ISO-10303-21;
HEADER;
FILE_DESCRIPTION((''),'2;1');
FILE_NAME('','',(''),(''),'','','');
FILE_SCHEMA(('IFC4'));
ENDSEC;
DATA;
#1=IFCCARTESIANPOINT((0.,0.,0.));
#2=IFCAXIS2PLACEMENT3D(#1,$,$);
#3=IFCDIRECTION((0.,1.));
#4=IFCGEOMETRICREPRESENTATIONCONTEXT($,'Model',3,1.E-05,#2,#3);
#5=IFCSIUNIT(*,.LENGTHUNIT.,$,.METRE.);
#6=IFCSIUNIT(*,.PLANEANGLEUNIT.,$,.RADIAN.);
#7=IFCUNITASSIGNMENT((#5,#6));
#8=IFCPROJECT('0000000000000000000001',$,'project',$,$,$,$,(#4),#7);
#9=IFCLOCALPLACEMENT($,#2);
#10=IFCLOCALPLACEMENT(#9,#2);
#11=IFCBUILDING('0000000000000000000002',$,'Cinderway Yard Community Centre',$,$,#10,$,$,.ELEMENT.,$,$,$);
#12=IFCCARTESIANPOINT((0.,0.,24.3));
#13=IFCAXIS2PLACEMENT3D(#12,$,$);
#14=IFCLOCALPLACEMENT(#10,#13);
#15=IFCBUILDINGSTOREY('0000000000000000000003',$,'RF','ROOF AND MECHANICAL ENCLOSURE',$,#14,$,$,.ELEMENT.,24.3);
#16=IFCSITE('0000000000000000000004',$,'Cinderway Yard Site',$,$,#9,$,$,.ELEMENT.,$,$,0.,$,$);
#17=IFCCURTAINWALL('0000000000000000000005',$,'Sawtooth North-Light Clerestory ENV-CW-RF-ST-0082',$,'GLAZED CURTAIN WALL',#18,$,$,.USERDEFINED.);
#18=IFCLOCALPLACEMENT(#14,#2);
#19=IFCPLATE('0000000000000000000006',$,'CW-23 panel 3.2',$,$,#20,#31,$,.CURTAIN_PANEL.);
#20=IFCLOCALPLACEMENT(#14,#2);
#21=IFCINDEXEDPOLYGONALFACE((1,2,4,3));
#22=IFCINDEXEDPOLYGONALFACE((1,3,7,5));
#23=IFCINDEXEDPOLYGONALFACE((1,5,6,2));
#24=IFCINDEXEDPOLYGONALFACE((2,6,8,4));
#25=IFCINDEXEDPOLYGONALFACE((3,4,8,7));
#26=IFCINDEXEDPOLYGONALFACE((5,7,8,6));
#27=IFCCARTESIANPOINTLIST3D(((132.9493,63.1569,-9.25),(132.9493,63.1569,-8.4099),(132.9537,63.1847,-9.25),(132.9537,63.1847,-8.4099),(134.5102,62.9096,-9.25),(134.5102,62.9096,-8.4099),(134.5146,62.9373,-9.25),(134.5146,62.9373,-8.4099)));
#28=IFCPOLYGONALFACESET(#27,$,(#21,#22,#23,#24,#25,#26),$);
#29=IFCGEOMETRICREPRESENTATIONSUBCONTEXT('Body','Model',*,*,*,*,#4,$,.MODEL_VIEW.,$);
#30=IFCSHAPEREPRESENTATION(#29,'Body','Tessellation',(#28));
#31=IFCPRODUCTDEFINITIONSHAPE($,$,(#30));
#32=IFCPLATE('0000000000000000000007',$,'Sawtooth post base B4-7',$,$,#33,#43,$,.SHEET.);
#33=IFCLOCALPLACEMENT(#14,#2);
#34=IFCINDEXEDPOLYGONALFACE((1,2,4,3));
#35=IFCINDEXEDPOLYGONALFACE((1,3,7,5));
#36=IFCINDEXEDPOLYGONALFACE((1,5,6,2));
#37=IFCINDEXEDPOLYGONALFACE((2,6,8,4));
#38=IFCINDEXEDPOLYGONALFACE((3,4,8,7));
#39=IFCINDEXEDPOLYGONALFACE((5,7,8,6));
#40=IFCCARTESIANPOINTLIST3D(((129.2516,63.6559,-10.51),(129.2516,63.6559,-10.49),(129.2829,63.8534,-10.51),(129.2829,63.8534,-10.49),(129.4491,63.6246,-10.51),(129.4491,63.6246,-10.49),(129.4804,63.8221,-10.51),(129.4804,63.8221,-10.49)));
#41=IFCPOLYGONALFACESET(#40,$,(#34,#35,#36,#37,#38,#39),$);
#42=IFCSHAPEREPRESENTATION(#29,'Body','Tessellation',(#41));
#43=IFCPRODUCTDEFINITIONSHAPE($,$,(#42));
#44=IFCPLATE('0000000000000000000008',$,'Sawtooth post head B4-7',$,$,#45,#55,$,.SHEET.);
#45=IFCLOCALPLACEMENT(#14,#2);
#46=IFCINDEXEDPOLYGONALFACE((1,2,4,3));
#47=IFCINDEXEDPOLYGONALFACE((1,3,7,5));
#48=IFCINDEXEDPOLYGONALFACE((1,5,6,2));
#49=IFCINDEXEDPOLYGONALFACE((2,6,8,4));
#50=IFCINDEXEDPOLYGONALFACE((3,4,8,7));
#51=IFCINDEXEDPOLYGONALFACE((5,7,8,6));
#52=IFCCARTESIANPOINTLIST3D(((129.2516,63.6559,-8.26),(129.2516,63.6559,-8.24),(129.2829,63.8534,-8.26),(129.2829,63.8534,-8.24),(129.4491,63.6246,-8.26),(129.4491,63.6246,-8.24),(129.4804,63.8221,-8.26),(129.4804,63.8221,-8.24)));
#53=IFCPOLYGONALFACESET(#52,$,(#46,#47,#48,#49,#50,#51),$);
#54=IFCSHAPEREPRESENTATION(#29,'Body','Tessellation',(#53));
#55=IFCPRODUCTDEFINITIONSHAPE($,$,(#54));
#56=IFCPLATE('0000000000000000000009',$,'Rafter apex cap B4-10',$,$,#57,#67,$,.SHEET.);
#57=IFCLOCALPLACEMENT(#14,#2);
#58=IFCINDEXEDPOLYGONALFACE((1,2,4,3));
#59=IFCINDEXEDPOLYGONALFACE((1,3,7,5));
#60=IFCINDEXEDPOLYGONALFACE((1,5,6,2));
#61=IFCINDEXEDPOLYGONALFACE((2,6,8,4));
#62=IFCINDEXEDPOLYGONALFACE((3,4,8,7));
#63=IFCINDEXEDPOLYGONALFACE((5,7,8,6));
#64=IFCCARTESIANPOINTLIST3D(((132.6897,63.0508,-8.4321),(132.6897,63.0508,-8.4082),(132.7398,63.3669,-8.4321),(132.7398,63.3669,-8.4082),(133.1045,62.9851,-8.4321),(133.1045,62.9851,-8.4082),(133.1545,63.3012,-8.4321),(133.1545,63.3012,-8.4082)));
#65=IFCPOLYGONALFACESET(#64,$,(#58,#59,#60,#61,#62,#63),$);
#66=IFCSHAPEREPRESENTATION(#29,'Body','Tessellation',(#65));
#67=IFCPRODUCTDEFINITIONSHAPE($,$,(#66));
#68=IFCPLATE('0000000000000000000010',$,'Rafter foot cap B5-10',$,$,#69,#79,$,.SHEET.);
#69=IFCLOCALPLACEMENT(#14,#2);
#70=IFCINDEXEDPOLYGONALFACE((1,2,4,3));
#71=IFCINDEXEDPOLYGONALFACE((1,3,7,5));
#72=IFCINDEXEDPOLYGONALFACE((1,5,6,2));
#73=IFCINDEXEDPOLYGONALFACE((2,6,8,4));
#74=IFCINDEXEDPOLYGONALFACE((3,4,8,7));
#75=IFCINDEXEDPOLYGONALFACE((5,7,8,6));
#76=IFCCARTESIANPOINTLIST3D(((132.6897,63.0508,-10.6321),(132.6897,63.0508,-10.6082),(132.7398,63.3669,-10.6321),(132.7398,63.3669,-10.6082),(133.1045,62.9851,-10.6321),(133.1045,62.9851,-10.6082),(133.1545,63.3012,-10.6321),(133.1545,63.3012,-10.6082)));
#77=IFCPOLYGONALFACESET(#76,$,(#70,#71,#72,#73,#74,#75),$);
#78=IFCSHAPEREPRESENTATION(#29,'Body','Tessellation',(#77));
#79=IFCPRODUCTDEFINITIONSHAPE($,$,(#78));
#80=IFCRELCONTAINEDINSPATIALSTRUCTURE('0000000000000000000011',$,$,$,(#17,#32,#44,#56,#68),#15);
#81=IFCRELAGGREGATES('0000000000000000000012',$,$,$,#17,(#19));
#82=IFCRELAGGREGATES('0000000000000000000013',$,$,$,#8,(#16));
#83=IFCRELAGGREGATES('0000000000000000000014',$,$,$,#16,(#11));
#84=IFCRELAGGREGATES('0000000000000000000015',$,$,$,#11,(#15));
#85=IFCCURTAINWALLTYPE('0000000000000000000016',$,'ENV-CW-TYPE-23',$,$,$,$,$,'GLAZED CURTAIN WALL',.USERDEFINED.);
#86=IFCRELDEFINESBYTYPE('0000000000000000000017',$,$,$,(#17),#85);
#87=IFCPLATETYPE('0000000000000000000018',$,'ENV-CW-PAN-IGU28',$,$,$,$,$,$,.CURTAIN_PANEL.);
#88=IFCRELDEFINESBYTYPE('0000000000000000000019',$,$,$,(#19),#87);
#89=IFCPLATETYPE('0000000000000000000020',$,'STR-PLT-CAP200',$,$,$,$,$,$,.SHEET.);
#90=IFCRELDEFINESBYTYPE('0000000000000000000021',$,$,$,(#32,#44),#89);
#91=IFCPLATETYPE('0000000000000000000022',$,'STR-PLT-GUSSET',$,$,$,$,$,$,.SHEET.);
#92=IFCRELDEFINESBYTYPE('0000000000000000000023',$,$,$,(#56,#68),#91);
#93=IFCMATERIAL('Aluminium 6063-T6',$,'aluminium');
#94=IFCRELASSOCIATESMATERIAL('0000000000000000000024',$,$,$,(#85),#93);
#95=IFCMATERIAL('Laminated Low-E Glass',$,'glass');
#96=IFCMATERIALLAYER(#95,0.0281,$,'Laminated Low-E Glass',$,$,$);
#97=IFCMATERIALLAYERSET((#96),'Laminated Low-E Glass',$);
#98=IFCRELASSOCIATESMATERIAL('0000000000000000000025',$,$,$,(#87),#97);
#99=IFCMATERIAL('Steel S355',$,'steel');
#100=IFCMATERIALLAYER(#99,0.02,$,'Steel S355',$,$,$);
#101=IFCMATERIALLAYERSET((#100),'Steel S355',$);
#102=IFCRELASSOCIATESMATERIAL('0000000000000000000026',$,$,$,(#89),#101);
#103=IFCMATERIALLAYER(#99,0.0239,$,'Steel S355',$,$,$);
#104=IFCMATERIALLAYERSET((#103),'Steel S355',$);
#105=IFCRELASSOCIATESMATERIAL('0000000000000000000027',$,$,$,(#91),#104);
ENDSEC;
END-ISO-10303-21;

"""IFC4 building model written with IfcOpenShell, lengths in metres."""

from ifc_helpers import new_model, si_unit, direction, frame, origin, origin_2d, place, context, subcontext, project, spatial, rectangle, extrude, material, layer, layer_set, type_object, element, aggregate, save


model = new_model("IFC4")

# Units and contexts
model_context = context("Model", 3, precision=1e-05, world=origin(), true_north=direction((0.0, 1.0)))
body_context = subcontext(model_context, "Body", "Model", "MODEL_VIEW")
ifc_project = project(units=[si_unit("LENGTHUNIT", "METRE"), si_unit("PLANEANGLEUNIT", "RADIAN")], contexts=[model_context])

# Site, building, storey
site_placement = place(None, origin())
site = spatial("IfcSite", under=ifc_project, at=site_placement, Name="Cinderway Yard Site", CompositionType="ELEMENT", RefElevation=0.0)
building_placement = place(site_placement, origin())
building = spatial("IfcBuilding", under=site, at=building_placement, Name="Cinderway Yard Community Centre", CompositionType="ELEMENT")
storey_placement = place(building_placement, frame((0.0, 0.0, 24.3)))
storey = spatial("IfcBuildingStorey", under=building, at=storey_placement, Name="RF", Description="ROOF AND MECHANICAL ENCLOSURE", CompositionType="ELEMENT", Elevation=24.3)

# Shared definitions
ifc_material_1 = material(Name="Aluminium 6063-T6", Category="aluminium")
curtain_wall_type = type_object("IfcCurtainWallType", Name="ENV-CW-TYPE-23", ElementType="GLAZED CURTAIN WALL", PredefinedType="USERDEFINED", material=ifc_material_1)

# Curtain wall
curtain_wall_1_placement = place(storey_placement, origin())
curtain_wall_1 = element("IfcCurtainWall", 1, at=curtain_wall_1_placement, inside=storey, type_object=curtain_wall_type, Name="Sawtooth North-Light Clerestory ENV-CW-RF-ST-0082", ObjectType="GLAZED CURTAIN WALL", PredefinedType="USERDEFINED")

# Shared definitions
ifc_material_2 = material(Name="Steel S355", Category="steel")

# Plate
ifc_material_3 = material(Name="Laminated Low-E Glass", Category="glass")
ifc_layer_1 = layer(ifc_material_3, 0.0281, Name="Laminated Low-E Glass")
ifc_layer_set_1 = layer_set([ifc_layer_1], Name="Laminated Low-E Glass")
plate_type_1 = type_object("IfcPlateType", Name="ENV-CW-PAN-IGU28", PredefinedType="CURTAIN_PANEL", material=ifc_layer_set_1)
plate_1_placement = place(storey_placement, frame((133.7319, 63.0471, -9.25), z_axis=(0.0, 0.0, 1.0), x_axis=(0.987673, -0.156534, 0.0)))
plate_1 = element("IfcPlate", 2, at=plate_1_placement, type_object=plate_type_1, Name="CW-23 panel 3.2", PredefinedType="CURTAIN_PANEL", context=body_context, shape_type="SweptSolid", body=[
    extrude(rectangle(XDim=1.5803, YDim=0.0281, at=origin_2d()), origin(), (0.0, 0.0, 1.0), 0.8401),
])
aggregate(curtain_wall_1, [plate_1])

# Plates
ifc_layer_2 = layer(ifc_material_2, 0.02, Name="Steel S355")
ifc_layer_set_2 = layer_set([ifc_layer_2], Name="Steel S355")
plate_type_2 = type_object("IfcPlateType", Name="STR-PLT-CAP200", PredefinedType="SHEET", material=ifc_layer_set_2)
for number, where, z_axis, x_axis, name in (
    (3, (129.366, 63.739, -10.51), (0.0, 0.0, 1.0), (0.987688, -0.156434, 0.0), "Sawtooth post base B4-7"),
    (4, (129.366, 63.739, -8.26), (0.0, 0.0, 1.0), (0.987688, -0.156434, 0.0), "Sawtooth post head B4-7"),
):
    element("IfcPlate", number, at=place(storey_placement, frame(where, z_axis=z_axis, x_axis=x_axis)), inside=storey, type_object=plate_type_2, Name=name, PredefinedType="SHEET", context=body_context, shape_type="SweptSolid", body=[
        extrude(rectangle(XDim=0.2, YDim=0.2, at=origin_2d()), origin(), (0.0, 0.0, 1.0), 0.02),
    ])
ifc_layer_3 = layer(ifc_material_2, 0.0239, Name="Steel S355")
ifc_layer_set_3 = layer_set([ifc_layer_3], Name="Steel S355")
plate_type_3 = type_object("IfcPlateType", Name="STR-PLT-GUSSET", PredefinedType="SHEET", material=ifc_layer_set_3)
for number, where, z_axis, x_axis, name in (
    (5, (132.9221, 63.176, -8.4321), (0.0, 0.0, 1.0), (0.987688, -0.156434, 0.0), "Rafter apex cap B4-10"),
    (6, (132.9221, 63.176, -10.6321), (0.0, 0.0, 1.0), (0.987688, -0.156434, 0.0), "Rafter foot cap B5-10"),
):
    element("IfcPlate", number, at=place(storey_placement, frame(where, z_axis=z_axis, x_axis=x_axis)), inside=storey, type_object=plate_type_3, Name=name, PredefinedType="SHEET", context=body_context, shape_type="SweptSolid", body=[
        extrude(rectangle(XDim=0.4199, YDim=0.3201, at=origin_2d()), origin(), (0.0, 0.0, 1.0), 0.0239),
    ])

save(model, "model.ifc")
